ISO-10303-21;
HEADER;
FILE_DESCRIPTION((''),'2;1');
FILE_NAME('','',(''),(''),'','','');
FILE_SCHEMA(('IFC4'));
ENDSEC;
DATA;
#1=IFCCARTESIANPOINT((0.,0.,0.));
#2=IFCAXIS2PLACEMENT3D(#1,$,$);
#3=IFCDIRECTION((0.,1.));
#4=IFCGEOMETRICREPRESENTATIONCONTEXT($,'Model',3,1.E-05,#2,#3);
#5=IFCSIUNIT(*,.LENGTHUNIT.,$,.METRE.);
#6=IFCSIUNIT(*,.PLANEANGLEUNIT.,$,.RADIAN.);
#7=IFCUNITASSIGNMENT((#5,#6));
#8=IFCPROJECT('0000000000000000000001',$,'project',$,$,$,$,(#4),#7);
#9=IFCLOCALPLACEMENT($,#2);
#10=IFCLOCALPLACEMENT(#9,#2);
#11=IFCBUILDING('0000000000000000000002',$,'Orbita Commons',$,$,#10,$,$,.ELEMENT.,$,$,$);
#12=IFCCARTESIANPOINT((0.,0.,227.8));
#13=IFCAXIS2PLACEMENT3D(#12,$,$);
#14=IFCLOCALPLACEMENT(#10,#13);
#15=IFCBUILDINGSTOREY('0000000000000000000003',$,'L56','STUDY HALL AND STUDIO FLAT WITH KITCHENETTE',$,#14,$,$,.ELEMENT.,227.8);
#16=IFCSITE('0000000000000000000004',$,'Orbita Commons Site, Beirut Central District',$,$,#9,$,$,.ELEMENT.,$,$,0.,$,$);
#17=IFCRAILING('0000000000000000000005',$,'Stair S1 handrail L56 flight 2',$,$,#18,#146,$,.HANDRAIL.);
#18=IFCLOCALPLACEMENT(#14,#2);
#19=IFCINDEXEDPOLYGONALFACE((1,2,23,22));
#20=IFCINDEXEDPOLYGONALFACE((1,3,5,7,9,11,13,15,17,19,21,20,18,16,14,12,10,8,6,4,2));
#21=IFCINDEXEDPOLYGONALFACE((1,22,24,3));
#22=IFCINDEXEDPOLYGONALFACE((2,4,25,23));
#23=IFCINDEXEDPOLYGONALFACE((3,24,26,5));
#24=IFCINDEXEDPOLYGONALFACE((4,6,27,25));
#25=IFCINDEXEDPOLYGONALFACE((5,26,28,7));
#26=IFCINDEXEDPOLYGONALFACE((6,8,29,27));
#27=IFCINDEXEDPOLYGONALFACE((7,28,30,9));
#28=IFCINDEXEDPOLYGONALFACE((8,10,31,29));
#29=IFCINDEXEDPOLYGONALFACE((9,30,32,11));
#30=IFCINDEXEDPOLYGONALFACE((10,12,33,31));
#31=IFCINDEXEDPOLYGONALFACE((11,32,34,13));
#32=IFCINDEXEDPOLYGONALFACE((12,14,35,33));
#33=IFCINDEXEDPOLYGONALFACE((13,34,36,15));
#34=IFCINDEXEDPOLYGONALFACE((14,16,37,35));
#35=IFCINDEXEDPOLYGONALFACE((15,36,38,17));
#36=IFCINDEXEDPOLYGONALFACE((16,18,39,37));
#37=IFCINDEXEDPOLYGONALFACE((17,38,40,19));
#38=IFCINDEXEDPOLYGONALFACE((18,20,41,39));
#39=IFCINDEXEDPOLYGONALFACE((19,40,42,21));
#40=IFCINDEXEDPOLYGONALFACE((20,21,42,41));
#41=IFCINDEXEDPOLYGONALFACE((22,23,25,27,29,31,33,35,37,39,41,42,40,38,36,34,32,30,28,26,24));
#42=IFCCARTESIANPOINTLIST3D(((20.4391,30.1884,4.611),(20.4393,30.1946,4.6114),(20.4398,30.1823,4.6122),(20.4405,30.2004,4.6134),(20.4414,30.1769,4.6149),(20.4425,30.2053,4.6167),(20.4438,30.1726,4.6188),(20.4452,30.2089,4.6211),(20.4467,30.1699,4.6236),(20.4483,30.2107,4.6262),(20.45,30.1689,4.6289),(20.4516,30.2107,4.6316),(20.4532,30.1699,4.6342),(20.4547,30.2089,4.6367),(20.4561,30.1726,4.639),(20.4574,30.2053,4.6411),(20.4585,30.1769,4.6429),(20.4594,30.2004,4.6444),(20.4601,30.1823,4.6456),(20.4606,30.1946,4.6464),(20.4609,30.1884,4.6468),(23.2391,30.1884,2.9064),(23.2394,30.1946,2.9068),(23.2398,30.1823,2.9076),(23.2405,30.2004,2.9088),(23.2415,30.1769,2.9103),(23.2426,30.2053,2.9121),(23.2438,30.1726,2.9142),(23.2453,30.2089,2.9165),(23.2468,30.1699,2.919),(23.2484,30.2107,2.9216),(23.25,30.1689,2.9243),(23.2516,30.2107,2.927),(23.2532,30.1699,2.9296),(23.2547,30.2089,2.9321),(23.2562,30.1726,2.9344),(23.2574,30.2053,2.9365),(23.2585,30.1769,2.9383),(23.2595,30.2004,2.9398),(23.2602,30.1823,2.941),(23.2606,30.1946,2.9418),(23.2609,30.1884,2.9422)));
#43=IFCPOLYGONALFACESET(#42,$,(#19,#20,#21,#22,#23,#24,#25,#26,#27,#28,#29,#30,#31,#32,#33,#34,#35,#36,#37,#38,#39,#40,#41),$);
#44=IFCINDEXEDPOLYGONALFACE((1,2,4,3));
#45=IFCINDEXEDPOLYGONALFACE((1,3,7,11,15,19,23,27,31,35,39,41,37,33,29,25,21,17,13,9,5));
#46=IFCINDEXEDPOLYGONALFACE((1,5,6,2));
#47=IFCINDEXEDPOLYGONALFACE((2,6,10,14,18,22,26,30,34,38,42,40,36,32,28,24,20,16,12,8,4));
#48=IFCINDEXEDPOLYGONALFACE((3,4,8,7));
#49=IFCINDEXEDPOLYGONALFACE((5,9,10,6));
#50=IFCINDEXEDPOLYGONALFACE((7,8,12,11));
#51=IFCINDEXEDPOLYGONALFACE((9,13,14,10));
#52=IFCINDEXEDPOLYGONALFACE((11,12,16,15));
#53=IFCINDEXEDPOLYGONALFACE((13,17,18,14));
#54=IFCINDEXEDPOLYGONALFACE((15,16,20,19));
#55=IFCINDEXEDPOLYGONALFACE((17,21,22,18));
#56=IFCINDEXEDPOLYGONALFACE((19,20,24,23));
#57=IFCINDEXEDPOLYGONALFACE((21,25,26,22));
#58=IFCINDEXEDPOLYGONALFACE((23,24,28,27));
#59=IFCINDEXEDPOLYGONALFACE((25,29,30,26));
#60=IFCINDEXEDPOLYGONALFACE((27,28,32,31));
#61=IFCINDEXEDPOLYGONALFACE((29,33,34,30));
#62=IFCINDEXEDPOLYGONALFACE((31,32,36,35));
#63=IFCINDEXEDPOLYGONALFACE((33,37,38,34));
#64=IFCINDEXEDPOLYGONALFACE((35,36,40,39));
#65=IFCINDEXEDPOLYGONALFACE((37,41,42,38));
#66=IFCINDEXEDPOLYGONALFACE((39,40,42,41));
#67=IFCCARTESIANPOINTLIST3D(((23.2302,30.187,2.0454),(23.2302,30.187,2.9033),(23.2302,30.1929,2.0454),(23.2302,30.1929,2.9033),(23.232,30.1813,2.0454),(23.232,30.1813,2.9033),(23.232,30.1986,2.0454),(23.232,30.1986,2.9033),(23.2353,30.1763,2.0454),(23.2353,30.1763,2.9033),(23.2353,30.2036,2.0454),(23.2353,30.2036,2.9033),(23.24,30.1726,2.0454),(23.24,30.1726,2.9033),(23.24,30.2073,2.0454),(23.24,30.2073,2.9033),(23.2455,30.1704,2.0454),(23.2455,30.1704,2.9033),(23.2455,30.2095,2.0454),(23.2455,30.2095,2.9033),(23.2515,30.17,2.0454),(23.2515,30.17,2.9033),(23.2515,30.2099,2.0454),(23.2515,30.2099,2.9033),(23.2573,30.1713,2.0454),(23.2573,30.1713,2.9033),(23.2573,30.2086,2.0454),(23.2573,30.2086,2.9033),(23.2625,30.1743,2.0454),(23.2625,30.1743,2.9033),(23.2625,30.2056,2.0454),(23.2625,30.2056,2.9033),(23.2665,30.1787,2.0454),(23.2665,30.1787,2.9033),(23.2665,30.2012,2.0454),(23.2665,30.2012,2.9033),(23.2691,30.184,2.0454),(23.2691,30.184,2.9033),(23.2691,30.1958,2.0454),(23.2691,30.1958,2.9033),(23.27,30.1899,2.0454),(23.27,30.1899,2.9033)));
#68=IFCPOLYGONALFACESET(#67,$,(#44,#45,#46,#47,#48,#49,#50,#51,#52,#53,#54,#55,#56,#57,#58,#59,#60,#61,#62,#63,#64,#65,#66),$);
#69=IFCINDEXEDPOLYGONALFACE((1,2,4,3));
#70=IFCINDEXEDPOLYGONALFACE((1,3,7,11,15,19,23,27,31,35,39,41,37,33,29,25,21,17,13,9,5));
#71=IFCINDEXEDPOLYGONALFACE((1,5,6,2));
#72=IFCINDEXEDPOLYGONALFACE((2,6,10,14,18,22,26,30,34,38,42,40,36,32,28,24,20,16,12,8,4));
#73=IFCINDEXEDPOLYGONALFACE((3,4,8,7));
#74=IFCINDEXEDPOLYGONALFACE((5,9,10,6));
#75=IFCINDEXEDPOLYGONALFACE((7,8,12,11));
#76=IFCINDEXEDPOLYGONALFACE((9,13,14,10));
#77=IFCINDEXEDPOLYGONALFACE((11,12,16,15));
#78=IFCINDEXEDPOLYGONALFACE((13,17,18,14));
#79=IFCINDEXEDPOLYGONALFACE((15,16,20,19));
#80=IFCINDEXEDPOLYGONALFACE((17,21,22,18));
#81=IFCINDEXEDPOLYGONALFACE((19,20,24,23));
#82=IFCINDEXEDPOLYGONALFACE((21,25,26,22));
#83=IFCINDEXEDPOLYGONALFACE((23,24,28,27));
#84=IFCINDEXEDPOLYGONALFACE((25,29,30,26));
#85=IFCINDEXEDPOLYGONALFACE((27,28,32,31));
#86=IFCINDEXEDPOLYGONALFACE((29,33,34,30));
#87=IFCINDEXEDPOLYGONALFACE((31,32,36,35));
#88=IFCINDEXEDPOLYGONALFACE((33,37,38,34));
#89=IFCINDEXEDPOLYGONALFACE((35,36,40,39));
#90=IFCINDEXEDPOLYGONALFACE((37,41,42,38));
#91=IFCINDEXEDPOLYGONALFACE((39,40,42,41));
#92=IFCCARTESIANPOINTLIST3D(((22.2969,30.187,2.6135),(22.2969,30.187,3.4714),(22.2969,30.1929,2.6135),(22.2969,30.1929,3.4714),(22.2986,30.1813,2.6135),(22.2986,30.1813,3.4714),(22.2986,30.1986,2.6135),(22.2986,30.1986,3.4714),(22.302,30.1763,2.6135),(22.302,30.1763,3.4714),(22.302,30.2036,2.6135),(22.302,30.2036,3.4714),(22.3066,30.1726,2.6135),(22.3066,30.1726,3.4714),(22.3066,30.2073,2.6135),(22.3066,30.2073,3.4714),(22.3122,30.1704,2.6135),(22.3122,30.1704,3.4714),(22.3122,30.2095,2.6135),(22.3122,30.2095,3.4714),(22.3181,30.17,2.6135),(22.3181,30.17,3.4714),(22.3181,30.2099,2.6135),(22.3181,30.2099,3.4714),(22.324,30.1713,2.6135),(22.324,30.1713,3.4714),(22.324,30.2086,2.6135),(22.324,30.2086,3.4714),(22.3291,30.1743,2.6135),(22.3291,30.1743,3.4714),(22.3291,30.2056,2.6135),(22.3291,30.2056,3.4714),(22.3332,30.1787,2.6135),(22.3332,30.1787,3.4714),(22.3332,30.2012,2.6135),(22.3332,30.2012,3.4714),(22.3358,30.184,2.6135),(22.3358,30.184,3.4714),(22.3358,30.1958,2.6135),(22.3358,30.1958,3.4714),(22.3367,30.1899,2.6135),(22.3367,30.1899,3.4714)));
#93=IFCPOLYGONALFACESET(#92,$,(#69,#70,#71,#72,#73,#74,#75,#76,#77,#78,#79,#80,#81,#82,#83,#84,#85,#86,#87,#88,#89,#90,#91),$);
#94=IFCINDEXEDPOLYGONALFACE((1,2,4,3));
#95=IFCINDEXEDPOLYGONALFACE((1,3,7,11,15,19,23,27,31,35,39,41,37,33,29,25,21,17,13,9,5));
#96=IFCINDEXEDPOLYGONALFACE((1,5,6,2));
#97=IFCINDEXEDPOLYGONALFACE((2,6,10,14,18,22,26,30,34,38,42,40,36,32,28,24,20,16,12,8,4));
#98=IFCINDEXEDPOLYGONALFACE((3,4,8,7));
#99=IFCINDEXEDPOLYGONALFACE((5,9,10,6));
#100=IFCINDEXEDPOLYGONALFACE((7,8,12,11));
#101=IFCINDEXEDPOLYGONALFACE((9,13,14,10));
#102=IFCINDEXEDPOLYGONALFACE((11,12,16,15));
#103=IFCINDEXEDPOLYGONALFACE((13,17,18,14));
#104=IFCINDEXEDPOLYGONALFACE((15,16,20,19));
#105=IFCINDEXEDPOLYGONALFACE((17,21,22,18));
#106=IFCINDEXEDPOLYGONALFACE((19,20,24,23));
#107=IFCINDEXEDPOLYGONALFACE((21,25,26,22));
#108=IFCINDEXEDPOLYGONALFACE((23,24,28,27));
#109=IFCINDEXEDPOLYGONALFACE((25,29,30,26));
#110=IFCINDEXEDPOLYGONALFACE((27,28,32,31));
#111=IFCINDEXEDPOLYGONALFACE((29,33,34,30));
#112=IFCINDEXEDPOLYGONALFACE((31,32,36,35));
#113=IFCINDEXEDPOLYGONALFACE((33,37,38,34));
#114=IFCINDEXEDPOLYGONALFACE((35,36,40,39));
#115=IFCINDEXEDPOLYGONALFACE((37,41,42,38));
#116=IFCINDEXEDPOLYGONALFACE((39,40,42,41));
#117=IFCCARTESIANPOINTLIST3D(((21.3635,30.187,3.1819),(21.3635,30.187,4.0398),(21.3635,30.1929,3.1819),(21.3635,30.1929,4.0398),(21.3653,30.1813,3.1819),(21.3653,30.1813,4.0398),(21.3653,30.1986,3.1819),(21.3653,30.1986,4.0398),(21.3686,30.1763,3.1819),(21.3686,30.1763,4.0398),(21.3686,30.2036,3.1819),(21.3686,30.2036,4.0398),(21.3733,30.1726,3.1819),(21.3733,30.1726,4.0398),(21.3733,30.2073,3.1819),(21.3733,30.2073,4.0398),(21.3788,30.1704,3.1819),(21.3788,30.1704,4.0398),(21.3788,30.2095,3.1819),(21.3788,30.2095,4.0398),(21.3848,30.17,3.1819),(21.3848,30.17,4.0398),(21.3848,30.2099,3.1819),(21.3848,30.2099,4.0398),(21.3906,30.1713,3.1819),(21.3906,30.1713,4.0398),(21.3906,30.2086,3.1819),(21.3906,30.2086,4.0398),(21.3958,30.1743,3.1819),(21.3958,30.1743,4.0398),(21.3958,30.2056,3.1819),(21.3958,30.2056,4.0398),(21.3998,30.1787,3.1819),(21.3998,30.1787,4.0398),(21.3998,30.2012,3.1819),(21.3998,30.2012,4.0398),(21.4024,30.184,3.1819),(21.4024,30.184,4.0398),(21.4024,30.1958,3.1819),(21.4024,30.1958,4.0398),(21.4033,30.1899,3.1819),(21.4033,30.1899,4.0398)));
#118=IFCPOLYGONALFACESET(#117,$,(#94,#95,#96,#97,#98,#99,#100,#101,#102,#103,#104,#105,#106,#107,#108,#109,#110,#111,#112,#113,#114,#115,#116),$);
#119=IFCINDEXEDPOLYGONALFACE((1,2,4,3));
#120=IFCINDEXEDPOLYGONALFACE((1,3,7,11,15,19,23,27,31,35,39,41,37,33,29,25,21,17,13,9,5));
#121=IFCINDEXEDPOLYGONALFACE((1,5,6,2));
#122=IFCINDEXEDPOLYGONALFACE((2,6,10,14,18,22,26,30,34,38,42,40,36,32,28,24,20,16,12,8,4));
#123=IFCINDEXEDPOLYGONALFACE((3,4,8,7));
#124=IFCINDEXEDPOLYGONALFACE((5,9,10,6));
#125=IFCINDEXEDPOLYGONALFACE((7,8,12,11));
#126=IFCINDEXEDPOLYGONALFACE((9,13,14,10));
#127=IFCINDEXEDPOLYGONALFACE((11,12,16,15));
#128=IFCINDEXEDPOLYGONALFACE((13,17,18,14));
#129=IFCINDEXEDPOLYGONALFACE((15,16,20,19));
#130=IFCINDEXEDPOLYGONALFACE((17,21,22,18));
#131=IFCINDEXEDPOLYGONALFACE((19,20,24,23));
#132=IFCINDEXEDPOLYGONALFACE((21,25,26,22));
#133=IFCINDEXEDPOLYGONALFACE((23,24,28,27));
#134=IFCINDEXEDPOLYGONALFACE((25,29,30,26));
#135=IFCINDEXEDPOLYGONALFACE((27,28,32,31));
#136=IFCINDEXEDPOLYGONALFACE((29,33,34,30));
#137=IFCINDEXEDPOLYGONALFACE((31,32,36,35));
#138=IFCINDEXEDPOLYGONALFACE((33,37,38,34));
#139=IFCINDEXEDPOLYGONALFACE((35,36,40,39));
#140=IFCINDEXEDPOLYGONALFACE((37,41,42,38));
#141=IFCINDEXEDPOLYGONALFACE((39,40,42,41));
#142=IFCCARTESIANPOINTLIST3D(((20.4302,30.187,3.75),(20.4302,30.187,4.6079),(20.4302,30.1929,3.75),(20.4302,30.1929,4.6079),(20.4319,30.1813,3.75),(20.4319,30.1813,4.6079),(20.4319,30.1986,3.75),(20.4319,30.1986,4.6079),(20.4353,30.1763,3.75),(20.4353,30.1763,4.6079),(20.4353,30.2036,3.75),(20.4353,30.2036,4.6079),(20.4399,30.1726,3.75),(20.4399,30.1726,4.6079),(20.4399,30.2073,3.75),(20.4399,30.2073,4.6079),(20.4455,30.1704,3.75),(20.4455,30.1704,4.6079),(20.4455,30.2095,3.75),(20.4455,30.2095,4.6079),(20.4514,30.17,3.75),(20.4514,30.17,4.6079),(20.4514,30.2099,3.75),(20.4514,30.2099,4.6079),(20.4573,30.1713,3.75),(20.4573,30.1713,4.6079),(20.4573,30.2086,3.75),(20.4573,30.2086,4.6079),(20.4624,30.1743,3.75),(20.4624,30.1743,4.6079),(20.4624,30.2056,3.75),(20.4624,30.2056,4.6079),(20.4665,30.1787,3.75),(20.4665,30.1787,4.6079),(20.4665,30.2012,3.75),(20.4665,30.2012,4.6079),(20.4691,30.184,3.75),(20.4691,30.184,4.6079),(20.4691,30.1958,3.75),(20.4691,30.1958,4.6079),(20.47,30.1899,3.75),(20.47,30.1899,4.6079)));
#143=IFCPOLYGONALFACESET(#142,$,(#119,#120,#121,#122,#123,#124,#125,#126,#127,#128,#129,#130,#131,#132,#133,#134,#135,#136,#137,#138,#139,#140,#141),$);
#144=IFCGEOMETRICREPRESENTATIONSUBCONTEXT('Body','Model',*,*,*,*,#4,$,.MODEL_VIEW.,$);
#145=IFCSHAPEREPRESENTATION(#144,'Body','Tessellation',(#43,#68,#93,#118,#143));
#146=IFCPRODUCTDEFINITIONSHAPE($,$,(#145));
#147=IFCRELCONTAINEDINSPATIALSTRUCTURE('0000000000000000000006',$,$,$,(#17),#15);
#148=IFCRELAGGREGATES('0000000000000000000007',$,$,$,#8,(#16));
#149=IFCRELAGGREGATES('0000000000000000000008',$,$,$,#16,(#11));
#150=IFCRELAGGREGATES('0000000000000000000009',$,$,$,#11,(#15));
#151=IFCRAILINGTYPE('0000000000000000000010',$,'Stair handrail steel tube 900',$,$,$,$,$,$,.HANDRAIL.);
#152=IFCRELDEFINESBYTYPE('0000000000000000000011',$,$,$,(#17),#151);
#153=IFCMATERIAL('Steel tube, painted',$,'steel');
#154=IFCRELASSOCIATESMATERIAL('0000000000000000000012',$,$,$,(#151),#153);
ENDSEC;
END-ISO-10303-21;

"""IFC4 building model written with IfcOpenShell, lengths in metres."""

from ifc_helpers import new_model, si_unit, direction, frame, origin, origin_2d, place, context, subcontext, project, spatial, circle, extrude, material, type_object, element, save


model = new_model("IFC4")

# Units and contexts
model_context = context("Model", 3, precision=1e-05, world=origin(), true_north=direction((0.0, 1.0)))
body_context = subcontext(model_context, "Body", "Model", "MODEL_VIEW")
ifc_project = project(units=[si_unit("LENGTHUNIT", "METRE"), si_unit("PLANEANGLEUNIT", "RADIAN")], contexts=[model_context])

# Site, building, storey
site_placement = place(None, origin())
site = spatial("IfcSite", under=ifc_project, at=site_placement, Name="Orbita Commons Site, Beirut Central District", CompositionType="ELEMENT", RefElevation=0.0)
building_placement = place(site_placement, origin())
building = spatial("IfcBuilding", under=site, at=building_placement, Name="Orbita Commons", CompositionType="ELEMENT")
storey_placement = place(building_placement, frame((0.0, 0.0, 227.8)))
storey = spatial("IfcBuildingStorey", under=building, at=storey_placement, Name="L56", Description="STUDY HALL AND STUDIO FLAT WITH KITCHENETTE", CompositionType="ELEMENT", Elevation=227.8)

# Railing
ifc_material_1 = material(Name="Steel tube, painted", Category="steel")
railing_type = type_object("IfcRailingType", Name="Stair handrail steel tube 900", PredefinedType="HANDRAIL", material=ifc_material_1)
for number, where, name in (
    (1, (23.25, 30.1899, 2.0454), "Stair S1 handrail L56 flight 2"),
):
    element("IfcRailing", number, at=place(storey_placement, frame(where)), inside=storey, type_object=railing_type, Name=name, PredefinedType="HANDRAIL", context=body_context, shape_type="SweptSolid", body=[
        extrude(circle(Radius=0.021, at=origin_2d()), frame((0.0, 0.0, 0.8789), z_axis=(-0.85417, 0.0, 0.519994), x_axis=(0.0, -1.0, 0.0)), (0.0, 0.0, 1.0), 3.2781),
        extrude(circle(Radius=0.02, at=origin_2d()), origin(), (0.0, 0.0, 1.0), 0.8579),
        extrude(circle(Radius=0.02, at=origin_2d()), frame((-0.9333, 0.0, 0.5681)), (0.0, 0.0, 1.0), 0.8579),
        extrude(circle(Radius=0.02, at=origin_2d()), frame((-1.8667, 0.0, 1.1365)), (0.0, 0.0, 1.0), 0.8579),
        extrude(circle(Radius=0.02, at=origin_2d()), frame((-2.8, 0.0, 1.7046)), (0.0, 0.0, 1.0), 0.8579),
    ])

save(model, "model.ifc")
